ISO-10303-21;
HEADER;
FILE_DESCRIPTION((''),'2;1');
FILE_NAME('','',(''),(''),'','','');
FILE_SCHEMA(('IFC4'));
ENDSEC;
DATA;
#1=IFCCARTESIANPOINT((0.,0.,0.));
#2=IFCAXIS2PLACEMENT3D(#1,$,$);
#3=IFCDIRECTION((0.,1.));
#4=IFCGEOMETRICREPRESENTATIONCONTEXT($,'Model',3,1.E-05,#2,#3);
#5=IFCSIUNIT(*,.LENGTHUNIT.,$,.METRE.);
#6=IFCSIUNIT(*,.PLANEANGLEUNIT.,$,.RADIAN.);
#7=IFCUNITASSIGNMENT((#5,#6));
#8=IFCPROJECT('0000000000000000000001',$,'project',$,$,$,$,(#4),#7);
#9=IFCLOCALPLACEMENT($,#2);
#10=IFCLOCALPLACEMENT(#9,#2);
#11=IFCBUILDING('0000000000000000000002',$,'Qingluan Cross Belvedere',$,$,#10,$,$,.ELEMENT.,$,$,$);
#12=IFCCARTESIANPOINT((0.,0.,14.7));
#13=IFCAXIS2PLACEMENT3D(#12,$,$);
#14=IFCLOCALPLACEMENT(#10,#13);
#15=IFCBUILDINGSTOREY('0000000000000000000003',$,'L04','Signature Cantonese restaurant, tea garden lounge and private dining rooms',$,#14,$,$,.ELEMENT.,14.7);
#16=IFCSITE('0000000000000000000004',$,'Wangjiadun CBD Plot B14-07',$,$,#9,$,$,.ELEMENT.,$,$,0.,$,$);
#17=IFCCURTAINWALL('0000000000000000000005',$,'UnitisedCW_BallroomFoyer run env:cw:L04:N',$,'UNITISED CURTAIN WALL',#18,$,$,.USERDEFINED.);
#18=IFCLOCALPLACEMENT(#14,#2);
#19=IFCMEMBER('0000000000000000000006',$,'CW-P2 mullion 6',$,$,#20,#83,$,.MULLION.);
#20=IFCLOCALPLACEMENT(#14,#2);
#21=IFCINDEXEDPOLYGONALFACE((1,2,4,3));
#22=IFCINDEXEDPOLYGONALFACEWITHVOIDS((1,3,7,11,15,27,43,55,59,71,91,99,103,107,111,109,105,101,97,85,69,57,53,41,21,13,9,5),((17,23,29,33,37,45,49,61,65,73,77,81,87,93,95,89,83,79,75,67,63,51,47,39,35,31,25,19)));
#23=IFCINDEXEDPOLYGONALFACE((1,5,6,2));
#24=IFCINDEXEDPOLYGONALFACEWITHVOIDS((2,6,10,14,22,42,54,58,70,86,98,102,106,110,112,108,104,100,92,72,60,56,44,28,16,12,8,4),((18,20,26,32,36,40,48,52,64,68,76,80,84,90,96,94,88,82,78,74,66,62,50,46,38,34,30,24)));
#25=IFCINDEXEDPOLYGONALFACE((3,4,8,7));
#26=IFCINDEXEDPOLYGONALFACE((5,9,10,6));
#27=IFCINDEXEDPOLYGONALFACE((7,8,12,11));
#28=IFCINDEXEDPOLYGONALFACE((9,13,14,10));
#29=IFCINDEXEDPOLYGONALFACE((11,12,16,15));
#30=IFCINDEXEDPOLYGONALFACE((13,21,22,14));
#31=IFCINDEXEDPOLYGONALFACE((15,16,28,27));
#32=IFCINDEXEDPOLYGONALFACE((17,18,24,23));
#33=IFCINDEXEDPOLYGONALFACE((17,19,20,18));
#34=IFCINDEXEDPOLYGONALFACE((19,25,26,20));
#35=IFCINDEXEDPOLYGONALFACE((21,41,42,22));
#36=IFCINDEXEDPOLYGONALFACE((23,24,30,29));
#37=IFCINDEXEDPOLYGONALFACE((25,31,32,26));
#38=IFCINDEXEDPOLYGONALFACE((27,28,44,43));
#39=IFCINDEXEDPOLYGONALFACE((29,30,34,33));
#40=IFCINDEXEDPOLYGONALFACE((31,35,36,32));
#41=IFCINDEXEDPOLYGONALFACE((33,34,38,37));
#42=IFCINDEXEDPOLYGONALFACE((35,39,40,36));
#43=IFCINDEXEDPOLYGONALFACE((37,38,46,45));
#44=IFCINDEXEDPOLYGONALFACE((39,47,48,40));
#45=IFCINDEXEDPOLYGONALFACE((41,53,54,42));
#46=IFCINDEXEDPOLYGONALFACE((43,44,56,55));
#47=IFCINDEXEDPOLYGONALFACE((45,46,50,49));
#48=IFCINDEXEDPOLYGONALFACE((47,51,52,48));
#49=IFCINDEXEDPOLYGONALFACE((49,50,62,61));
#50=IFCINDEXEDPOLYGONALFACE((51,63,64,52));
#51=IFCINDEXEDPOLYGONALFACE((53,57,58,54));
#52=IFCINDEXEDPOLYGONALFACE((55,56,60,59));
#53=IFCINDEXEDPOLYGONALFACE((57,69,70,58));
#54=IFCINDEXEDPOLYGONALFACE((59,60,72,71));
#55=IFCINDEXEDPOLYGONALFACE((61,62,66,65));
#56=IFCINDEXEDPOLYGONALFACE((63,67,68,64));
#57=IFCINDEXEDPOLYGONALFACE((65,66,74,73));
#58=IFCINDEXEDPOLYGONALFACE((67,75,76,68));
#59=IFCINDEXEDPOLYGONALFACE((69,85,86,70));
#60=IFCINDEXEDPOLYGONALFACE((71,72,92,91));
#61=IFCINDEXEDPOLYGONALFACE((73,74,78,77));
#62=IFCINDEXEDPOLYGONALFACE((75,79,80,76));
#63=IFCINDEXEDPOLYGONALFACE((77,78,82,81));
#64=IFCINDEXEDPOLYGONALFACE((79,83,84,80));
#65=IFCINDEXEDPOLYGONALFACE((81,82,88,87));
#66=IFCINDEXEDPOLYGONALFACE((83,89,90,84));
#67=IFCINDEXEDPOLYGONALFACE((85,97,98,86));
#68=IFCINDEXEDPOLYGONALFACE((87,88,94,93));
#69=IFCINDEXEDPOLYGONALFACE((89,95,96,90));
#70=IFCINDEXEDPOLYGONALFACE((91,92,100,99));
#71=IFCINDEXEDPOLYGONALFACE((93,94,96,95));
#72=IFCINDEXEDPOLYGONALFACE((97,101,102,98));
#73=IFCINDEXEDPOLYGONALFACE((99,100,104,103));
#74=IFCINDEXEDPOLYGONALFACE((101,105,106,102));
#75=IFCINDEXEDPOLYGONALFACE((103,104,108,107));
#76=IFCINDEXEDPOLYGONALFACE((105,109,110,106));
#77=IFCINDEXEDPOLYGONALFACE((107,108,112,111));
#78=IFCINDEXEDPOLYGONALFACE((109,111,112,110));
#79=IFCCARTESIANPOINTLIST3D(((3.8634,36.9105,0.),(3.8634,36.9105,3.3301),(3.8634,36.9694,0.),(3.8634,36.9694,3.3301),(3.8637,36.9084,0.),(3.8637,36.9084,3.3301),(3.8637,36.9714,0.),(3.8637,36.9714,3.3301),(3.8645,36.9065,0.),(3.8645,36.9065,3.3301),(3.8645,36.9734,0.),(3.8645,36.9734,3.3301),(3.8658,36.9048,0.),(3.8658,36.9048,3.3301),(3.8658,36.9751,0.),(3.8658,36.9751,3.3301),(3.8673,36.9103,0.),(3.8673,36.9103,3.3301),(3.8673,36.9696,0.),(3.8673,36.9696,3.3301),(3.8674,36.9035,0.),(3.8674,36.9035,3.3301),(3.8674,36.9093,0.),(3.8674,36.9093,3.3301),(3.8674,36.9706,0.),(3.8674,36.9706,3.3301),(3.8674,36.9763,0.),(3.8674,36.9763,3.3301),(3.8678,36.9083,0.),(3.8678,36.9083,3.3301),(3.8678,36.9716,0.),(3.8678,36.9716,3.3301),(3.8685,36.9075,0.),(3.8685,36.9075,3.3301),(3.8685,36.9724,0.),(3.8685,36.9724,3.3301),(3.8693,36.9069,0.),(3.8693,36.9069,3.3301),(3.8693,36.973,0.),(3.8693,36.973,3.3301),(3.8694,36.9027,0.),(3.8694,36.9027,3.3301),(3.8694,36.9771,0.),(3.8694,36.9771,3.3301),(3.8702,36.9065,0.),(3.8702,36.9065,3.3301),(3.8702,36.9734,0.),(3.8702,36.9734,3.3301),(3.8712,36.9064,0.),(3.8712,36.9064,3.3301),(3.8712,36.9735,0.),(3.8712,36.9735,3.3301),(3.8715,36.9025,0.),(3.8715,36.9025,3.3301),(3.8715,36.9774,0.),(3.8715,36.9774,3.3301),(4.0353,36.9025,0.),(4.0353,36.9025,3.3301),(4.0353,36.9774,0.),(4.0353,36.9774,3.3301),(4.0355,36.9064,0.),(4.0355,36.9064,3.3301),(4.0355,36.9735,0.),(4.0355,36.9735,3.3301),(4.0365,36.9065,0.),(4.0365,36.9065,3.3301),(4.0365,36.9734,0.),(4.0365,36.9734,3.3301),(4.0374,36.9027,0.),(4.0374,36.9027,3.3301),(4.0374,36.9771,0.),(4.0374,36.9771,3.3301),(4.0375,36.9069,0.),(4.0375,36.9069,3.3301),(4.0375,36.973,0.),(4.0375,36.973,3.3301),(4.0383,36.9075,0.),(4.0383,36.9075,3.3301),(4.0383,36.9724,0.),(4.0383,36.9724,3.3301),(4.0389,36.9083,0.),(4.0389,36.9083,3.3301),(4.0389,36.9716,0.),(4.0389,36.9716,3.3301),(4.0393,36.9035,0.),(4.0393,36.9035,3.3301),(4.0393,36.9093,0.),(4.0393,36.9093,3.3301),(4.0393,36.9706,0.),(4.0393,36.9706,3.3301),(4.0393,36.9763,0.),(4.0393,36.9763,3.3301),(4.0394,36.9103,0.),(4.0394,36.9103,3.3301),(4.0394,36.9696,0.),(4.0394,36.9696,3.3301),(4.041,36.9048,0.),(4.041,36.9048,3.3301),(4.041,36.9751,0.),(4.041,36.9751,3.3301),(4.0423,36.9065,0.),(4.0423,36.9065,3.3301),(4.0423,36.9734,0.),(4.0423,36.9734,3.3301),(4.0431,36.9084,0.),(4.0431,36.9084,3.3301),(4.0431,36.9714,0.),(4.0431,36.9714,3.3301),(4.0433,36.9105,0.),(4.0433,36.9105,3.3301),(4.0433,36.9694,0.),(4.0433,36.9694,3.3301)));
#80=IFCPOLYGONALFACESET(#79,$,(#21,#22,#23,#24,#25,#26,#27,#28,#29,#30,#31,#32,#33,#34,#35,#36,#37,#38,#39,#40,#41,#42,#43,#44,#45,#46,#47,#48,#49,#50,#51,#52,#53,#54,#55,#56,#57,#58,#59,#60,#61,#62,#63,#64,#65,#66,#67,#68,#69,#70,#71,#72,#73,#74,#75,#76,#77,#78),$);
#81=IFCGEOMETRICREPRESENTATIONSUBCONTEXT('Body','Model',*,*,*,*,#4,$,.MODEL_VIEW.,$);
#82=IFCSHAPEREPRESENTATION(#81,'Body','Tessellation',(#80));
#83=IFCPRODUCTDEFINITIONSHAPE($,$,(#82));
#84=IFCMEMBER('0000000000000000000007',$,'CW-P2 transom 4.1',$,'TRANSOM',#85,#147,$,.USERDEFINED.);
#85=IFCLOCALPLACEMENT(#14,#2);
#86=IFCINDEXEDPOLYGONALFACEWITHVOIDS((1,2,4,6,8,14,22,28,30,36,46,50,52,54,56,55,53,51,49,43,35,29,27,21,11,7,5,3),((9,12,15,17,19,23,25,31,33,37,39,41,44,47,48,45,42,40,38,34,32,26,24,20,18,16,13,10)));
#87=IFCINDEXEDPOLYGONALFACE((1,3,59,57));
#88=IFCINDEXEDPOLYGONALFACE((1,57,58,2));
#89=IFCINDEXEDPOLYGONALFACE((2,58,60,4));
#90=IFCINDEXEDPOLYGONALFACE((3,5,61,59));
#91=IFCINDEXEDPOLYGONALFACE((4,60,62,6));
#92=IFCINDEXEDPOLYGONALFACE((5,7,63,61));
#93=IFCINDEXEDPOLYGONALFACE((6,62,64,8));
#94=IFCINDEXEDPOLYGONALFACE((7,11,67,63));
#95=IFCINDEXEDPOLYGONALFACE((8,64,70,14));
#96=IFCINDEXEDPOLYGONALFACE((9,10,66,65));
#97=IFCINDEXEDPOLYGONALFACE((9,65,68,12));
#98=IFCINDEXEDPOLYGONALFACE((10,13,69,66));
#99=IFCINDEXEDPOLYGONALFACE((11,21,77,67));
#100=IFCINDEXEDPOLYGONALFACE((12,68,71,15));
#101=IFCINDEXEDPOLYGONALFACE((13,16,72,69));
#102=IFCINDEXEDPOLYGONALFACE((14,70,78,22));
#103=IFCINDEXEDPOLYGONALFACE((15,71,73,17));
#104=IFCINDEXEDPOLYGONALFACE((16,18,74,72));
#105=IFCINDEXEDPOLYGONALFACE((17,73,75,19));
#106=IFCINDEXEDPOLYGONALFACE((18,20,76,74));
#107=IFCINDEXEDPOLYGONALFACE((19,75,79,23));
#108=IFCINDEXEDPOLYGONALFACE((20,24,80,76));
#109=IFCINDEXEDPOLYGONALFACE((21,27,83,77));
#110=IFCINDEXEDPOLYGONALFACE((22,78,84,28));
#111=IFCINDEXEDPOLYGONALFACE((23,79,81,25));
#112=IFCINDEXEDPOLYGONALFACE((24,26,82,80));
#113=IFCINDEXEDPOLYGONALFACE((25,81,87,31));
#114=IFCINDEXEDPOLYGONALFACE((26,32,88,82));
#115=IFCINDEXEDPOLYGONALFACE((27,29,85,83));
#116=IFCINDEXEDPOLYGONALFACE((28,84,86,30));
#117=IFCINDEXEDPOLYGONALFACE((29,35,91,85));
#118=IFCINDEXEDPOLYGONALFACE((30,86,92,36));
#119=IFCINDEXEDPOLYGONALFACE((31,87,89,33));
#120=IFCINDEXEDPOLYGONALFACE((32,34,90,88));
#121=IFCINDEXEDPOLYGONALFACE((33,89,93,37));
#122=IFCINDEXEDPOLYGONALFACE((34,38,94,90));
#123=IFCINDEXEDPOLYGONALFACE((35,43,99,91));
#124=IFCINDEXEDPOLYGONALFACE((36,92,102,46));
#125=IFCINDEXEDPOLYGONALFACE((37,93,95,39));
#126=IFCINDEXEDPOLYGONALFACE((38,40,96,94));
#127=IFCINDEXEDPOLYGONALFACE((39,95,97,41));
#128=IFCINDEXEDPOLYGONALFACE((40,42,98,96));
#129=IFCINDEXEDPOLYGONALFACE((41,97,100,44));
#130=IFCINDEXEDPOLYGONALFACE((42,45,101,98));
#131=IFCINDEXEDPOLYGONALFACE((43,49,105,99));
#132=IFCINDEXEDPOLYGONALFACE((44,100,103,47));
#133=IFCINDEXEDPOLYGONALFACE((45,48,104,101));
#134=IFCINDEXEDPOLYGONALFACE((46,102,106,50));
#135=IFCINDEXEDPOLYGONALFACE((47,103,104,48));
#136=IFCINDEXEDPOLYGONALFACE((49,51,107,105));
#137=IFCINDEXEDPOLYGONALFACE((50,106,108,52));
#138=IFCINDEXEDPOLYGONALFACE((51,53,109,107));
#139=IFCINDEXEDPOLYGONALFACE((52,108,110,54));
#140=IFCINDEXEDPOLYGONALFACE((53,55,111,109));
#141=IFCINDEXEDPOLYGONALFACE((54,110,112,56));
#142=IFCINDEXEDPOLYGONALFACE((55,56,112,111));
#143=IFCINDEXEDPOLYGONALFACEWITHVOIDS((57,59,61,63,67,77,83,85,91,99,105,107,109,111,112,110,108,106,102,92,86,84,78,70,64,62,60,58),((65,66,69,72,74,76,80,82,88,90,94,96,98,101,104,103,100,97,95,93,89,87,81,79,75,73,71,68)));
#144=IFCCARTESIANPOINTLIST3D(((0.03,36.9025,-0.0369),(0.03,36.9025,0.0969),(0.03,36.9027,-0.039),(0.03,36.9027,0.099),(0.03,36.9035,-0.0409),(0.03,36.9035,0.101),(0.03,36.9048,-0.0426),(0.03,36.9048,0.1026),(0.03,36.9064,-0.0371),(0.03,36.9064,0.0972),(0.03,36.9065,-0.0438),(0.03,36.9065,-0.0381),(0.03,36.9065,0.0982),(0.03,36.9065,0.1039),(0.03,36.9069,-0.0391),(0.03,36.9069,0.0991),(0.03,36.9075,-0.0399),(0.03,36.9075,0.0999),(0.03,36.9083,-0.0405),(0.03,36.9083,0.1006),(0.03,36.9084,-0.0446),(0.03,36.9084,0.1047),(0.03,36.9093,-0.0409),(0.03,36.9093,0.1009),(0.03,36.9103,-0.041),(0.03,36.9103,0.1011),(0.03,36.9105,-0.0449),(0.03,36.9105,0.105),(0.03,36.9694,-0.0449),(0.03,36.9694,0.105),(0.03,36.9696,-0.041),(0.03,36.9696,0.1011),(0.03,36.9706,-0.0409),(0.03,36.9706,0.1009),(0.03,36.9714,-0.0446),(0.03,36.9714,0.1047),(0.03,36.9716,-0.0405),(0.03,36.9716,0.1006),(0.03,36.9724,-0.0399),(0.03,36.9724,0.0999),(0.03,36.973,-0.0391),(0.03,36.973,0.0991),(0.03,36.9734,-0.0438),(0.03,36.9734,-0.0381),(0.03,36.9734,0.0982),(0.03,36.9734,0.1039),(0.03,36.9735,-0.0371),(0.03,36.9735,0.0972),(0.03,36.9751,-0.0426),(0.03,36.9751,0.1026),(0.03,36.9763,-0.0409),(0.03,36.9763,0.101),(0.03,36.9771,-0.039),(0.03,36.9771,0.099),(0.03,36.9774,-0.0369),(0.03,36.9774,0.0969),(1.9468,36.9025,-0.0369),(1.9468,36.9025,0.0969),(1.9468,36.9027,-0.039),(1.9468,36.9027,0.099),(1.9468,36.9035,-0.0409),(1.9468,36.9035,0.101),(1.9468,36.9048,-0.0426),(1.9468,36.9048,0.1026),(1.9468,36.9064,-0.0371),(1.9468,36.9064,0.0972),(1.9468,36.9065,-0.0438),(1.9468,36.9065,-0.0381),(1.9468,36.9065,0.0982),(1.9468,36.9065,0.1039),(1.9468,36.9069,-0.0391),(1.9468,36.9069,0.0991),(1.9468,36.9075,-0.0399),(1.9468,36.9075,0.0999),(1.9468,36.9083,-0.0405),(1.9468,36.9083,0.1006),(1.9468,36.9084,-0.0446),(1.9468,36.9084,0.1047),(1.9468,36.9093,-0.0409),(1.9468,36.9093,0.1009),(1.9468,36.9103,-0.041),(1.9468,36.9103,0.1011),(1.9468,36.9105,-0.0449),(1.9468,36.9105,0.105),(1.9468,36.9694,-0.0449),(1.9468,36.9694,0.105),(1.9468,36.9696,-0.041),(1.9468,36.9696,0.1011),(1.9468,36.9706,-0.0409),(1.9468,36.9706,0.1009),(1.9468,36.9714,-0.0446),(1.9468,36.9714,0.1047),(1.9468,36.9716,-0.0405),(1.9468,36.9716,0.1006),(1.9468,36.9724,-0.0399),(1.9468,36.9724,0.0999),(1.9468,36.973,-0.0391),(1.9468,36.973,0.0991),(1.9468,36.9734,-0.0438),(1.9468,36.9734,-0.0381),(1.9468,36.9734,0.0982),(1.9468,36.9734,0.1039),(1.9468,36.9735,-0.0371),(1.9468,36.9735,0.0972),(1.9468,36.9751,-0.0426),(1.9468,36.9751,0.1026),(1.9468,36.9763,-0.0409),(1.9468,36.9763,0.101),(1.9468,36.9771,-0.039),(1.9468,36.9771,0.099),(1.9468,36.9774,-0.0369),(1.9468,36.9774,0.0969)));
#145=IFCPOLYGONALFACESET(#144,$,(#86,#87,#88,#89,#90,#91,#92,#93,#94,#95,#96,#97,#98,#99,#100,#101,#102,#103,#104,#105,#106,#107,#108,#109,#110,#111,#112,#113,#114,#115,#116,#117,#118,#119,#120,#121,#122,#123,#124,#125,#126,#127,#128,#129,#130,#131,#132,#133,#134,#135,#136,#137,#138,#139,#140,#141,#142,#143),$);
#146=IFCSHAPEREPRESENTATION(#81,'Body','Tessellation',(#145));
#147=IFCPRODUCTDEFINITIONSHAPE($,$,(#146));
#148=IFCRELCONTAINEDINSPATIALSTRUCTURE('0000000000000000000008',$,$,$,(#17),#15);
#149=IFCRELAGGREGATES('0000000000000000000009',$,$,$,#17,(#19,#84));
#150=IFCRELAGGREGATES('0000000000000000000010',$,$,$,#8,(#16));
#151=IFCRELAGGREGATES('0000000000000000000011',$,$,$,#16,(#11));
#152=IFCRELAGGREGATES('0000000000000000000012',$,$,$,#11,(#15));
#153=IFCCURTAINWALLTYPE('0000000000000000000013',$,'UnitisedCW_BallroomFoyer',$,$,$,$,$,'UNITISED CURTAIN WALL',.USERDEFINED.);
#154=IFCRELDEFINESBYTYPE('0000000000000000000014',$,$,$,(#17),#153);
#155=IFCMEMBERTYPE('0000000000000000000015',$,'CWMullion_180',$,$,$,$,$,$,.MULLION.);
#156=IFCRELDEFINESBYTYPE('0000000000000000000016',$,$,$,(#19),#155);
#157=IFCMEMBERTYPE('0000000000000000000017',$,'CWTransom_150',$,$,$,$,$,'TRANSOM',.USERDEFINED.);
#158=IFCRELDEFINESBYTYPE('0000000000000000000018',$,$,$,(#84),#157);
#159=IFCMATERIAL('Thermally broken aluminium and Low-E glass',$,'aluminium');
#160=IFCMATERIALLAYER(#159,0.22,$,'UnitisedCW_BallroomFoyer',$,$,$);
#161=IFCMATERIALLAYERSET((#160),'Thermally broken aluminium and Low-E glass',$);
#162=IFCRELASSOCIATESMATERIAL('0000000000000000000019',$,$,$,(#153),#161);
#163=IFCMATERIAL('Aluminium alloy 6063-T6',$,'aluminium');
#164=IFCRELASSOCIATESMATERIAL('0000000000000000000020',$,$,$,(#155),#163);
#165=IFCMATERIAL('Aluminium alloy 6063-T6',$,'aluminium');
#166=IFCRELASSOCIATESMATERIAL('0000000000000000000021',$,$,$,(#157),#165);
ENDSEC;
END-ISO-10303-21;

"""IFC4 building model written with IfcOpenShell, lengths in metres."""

from ifc_helpers import new_model, si_unit, direction, frame, origin, origin_2d, place, context, subcontext, project, spatial, hollow_rectangle, extrude, material, layer, layer_set, material_profile, profile_set, type_object, element, aggregate, save


model = new_model("IFC4")

# Units and contexts
model_context = context("Model", 3, precision=1e-05, world=origin(), true_north=direction((0.0, 1.0)))
body_context = subcontext(model_context, "Body", "Model", "MODEL_VIEW")
ifc_project = project(units=[si_unit("LENGTHUNIT", "METRE"), si_unit("PLANEANGLEUNIT", "RADIAN")], contexts=[model_context])

# Site, building, storey
site_placement = place(None, origin())
site = spatial("IfcSite", under=ifc_project, at=site_placement, Name="Wangjiadun CBD Plot B14-07", CompositionType="ELEMENT", RefElevation=0.0)
building_placement = place(site_placement, origin())
building = spatial("IfcBuilding", under=site, at=building_placement, Name="Qingluan Cross Belvedere", CompositionType="ELEMENT")
storey_placement = place(building_placement, frame((0.0, 0.0, 14.7)))
storey = spatial("IfcBuildingStorey", under=building, at=storey_placement, Name="L04", Description="Signature Cantonese restaurant, tea garden lounge and private dining rooms", CompositionType="ELEMENT", Elevation=14.7)

# Curtain wall, members
ifc_material_1 = material(Name="Thermally broken aluminium and Low-E glass", Category="aluminium")
ifc_layer_1 = layer(ifc_material_1, 0.22, Name="UnitisedCW_BallroomFoyer")
ifc_layer_set_1 = layer_set([ifc_layer_1], Name="Thermally broken aluminium and Low-E glass")
curtain_wall_type = type_object("IfcCurtainWallType", Name="UnitisedCW_BallroomFoyer", ElementType="UNITISED CURTAIN WALL", PredefinedType="USERDEFINED", material=ifc_layer_set_1)
curtain_wall_placement = place(storey_placement, origin())
curtain_wall = element("IfcCurtainWall", 1, at=curtain_wall_placement, inside=storey, type_object=curtain_wall_type, Name="UnitisedCW_BallroomFoyer run env:cw:L04:N", ObjectType="UNITISED CURTAIN WALL", PredefinedType="USERDEFINED")
ifc_material_2 = material(Name="Aluminium alloy 6063-T6", Category="aluminium")
ifc_material_profile_1 = material_profile(ifc_material_2, hollow_rectangle(XDim=0.075, YDim=0.1799, WallThickness=0.0039, InnerFilletRadius=0.0039, OuterFilletRadius=0.0081, at=origin_2d()), Name="CWM180x75x4")
ifc_profile_set_1 = profile_set([ifc_material_profile_1], Name="Aluminium alloy 6063-T6")
member_type_1 = type_object("IfcMemberType", Name="CWMullion_180", PredefinedType="MULLION", material=ifc_profile_set_1)
member_1_placement = place(storey_placement, frame((3.9534, 36.9399, 0.0), z_axis=(0.0, 0.0, 1.0), x_axis=(0.0, 1.0, 0.0)))
member_1 = element("IfcMember", 2, at=member_1_placement, type_object=member_type_1, Name="CW-P2 mullion 6", PredefinedType="MULLION", context=body_context, shape_type="SweptSolid", body=[
    extrude(hollow_rectangle(XDim=0.075, YDim=0.1799, WallThickness=0.0039, InnerFilletRadius=0.0039, OuterFilletRadius=0.0081, at=origin_2d()), origin(), (0.0, 0.0, 1.0), 3.3301),
])
ifc_material_3 = material(Name="Aluminium alloy 6063-T6", Category="aluminium")
ifc_material_profile_2 = material_profile(ifc_material_3, hollow_rectangle(XDim=0.075, YDim=0.1499, WallThickness=0.0039, InnerFilletRadius=0.0039, OuterFilletRadius=0.0081, at=origin_2d()), Name="CWT150x75x4")
ifc_profile_set_2 = profile_set([ifc_material_profile_2], Name="Aluminium alloy 6063-T6")
member_type_2 = type_object("IfcMemberType", Name="CWTransom_150", ElementType="TRANSOM", PredefinedType="USERDEFINED", material=ifc_profile_set_2)
member_2_placement = place(storey_placement, frame((0.03, 36.9399, 0.03), z_axis=(1.0, 0.0, 0.0), x_axis=(0.0, 1.0, 0.0)))
member_2 = element("IfcMember", 3, at=member_2_placement, type_object=member_type_2, Name="CW-P2 transom 4.1", ObjectType="TRANSOM", PredefinedType="USERDEFINED", context=body_context, shape_type="SweptSolid", body=[
    extrude(hollow_rectangle(XDim=0.075, YDim=0.1499, WallThickness=0.0039, InnerFilletRadius=0.0039, OuterFilletRadius=0.0081, at=origin_2d()), origin(), (0.0, 0.0, 1.0), 1.9167),
])

aggregate(curtain_wall, [member_1, member_2])

save(model, "model.ifc")
